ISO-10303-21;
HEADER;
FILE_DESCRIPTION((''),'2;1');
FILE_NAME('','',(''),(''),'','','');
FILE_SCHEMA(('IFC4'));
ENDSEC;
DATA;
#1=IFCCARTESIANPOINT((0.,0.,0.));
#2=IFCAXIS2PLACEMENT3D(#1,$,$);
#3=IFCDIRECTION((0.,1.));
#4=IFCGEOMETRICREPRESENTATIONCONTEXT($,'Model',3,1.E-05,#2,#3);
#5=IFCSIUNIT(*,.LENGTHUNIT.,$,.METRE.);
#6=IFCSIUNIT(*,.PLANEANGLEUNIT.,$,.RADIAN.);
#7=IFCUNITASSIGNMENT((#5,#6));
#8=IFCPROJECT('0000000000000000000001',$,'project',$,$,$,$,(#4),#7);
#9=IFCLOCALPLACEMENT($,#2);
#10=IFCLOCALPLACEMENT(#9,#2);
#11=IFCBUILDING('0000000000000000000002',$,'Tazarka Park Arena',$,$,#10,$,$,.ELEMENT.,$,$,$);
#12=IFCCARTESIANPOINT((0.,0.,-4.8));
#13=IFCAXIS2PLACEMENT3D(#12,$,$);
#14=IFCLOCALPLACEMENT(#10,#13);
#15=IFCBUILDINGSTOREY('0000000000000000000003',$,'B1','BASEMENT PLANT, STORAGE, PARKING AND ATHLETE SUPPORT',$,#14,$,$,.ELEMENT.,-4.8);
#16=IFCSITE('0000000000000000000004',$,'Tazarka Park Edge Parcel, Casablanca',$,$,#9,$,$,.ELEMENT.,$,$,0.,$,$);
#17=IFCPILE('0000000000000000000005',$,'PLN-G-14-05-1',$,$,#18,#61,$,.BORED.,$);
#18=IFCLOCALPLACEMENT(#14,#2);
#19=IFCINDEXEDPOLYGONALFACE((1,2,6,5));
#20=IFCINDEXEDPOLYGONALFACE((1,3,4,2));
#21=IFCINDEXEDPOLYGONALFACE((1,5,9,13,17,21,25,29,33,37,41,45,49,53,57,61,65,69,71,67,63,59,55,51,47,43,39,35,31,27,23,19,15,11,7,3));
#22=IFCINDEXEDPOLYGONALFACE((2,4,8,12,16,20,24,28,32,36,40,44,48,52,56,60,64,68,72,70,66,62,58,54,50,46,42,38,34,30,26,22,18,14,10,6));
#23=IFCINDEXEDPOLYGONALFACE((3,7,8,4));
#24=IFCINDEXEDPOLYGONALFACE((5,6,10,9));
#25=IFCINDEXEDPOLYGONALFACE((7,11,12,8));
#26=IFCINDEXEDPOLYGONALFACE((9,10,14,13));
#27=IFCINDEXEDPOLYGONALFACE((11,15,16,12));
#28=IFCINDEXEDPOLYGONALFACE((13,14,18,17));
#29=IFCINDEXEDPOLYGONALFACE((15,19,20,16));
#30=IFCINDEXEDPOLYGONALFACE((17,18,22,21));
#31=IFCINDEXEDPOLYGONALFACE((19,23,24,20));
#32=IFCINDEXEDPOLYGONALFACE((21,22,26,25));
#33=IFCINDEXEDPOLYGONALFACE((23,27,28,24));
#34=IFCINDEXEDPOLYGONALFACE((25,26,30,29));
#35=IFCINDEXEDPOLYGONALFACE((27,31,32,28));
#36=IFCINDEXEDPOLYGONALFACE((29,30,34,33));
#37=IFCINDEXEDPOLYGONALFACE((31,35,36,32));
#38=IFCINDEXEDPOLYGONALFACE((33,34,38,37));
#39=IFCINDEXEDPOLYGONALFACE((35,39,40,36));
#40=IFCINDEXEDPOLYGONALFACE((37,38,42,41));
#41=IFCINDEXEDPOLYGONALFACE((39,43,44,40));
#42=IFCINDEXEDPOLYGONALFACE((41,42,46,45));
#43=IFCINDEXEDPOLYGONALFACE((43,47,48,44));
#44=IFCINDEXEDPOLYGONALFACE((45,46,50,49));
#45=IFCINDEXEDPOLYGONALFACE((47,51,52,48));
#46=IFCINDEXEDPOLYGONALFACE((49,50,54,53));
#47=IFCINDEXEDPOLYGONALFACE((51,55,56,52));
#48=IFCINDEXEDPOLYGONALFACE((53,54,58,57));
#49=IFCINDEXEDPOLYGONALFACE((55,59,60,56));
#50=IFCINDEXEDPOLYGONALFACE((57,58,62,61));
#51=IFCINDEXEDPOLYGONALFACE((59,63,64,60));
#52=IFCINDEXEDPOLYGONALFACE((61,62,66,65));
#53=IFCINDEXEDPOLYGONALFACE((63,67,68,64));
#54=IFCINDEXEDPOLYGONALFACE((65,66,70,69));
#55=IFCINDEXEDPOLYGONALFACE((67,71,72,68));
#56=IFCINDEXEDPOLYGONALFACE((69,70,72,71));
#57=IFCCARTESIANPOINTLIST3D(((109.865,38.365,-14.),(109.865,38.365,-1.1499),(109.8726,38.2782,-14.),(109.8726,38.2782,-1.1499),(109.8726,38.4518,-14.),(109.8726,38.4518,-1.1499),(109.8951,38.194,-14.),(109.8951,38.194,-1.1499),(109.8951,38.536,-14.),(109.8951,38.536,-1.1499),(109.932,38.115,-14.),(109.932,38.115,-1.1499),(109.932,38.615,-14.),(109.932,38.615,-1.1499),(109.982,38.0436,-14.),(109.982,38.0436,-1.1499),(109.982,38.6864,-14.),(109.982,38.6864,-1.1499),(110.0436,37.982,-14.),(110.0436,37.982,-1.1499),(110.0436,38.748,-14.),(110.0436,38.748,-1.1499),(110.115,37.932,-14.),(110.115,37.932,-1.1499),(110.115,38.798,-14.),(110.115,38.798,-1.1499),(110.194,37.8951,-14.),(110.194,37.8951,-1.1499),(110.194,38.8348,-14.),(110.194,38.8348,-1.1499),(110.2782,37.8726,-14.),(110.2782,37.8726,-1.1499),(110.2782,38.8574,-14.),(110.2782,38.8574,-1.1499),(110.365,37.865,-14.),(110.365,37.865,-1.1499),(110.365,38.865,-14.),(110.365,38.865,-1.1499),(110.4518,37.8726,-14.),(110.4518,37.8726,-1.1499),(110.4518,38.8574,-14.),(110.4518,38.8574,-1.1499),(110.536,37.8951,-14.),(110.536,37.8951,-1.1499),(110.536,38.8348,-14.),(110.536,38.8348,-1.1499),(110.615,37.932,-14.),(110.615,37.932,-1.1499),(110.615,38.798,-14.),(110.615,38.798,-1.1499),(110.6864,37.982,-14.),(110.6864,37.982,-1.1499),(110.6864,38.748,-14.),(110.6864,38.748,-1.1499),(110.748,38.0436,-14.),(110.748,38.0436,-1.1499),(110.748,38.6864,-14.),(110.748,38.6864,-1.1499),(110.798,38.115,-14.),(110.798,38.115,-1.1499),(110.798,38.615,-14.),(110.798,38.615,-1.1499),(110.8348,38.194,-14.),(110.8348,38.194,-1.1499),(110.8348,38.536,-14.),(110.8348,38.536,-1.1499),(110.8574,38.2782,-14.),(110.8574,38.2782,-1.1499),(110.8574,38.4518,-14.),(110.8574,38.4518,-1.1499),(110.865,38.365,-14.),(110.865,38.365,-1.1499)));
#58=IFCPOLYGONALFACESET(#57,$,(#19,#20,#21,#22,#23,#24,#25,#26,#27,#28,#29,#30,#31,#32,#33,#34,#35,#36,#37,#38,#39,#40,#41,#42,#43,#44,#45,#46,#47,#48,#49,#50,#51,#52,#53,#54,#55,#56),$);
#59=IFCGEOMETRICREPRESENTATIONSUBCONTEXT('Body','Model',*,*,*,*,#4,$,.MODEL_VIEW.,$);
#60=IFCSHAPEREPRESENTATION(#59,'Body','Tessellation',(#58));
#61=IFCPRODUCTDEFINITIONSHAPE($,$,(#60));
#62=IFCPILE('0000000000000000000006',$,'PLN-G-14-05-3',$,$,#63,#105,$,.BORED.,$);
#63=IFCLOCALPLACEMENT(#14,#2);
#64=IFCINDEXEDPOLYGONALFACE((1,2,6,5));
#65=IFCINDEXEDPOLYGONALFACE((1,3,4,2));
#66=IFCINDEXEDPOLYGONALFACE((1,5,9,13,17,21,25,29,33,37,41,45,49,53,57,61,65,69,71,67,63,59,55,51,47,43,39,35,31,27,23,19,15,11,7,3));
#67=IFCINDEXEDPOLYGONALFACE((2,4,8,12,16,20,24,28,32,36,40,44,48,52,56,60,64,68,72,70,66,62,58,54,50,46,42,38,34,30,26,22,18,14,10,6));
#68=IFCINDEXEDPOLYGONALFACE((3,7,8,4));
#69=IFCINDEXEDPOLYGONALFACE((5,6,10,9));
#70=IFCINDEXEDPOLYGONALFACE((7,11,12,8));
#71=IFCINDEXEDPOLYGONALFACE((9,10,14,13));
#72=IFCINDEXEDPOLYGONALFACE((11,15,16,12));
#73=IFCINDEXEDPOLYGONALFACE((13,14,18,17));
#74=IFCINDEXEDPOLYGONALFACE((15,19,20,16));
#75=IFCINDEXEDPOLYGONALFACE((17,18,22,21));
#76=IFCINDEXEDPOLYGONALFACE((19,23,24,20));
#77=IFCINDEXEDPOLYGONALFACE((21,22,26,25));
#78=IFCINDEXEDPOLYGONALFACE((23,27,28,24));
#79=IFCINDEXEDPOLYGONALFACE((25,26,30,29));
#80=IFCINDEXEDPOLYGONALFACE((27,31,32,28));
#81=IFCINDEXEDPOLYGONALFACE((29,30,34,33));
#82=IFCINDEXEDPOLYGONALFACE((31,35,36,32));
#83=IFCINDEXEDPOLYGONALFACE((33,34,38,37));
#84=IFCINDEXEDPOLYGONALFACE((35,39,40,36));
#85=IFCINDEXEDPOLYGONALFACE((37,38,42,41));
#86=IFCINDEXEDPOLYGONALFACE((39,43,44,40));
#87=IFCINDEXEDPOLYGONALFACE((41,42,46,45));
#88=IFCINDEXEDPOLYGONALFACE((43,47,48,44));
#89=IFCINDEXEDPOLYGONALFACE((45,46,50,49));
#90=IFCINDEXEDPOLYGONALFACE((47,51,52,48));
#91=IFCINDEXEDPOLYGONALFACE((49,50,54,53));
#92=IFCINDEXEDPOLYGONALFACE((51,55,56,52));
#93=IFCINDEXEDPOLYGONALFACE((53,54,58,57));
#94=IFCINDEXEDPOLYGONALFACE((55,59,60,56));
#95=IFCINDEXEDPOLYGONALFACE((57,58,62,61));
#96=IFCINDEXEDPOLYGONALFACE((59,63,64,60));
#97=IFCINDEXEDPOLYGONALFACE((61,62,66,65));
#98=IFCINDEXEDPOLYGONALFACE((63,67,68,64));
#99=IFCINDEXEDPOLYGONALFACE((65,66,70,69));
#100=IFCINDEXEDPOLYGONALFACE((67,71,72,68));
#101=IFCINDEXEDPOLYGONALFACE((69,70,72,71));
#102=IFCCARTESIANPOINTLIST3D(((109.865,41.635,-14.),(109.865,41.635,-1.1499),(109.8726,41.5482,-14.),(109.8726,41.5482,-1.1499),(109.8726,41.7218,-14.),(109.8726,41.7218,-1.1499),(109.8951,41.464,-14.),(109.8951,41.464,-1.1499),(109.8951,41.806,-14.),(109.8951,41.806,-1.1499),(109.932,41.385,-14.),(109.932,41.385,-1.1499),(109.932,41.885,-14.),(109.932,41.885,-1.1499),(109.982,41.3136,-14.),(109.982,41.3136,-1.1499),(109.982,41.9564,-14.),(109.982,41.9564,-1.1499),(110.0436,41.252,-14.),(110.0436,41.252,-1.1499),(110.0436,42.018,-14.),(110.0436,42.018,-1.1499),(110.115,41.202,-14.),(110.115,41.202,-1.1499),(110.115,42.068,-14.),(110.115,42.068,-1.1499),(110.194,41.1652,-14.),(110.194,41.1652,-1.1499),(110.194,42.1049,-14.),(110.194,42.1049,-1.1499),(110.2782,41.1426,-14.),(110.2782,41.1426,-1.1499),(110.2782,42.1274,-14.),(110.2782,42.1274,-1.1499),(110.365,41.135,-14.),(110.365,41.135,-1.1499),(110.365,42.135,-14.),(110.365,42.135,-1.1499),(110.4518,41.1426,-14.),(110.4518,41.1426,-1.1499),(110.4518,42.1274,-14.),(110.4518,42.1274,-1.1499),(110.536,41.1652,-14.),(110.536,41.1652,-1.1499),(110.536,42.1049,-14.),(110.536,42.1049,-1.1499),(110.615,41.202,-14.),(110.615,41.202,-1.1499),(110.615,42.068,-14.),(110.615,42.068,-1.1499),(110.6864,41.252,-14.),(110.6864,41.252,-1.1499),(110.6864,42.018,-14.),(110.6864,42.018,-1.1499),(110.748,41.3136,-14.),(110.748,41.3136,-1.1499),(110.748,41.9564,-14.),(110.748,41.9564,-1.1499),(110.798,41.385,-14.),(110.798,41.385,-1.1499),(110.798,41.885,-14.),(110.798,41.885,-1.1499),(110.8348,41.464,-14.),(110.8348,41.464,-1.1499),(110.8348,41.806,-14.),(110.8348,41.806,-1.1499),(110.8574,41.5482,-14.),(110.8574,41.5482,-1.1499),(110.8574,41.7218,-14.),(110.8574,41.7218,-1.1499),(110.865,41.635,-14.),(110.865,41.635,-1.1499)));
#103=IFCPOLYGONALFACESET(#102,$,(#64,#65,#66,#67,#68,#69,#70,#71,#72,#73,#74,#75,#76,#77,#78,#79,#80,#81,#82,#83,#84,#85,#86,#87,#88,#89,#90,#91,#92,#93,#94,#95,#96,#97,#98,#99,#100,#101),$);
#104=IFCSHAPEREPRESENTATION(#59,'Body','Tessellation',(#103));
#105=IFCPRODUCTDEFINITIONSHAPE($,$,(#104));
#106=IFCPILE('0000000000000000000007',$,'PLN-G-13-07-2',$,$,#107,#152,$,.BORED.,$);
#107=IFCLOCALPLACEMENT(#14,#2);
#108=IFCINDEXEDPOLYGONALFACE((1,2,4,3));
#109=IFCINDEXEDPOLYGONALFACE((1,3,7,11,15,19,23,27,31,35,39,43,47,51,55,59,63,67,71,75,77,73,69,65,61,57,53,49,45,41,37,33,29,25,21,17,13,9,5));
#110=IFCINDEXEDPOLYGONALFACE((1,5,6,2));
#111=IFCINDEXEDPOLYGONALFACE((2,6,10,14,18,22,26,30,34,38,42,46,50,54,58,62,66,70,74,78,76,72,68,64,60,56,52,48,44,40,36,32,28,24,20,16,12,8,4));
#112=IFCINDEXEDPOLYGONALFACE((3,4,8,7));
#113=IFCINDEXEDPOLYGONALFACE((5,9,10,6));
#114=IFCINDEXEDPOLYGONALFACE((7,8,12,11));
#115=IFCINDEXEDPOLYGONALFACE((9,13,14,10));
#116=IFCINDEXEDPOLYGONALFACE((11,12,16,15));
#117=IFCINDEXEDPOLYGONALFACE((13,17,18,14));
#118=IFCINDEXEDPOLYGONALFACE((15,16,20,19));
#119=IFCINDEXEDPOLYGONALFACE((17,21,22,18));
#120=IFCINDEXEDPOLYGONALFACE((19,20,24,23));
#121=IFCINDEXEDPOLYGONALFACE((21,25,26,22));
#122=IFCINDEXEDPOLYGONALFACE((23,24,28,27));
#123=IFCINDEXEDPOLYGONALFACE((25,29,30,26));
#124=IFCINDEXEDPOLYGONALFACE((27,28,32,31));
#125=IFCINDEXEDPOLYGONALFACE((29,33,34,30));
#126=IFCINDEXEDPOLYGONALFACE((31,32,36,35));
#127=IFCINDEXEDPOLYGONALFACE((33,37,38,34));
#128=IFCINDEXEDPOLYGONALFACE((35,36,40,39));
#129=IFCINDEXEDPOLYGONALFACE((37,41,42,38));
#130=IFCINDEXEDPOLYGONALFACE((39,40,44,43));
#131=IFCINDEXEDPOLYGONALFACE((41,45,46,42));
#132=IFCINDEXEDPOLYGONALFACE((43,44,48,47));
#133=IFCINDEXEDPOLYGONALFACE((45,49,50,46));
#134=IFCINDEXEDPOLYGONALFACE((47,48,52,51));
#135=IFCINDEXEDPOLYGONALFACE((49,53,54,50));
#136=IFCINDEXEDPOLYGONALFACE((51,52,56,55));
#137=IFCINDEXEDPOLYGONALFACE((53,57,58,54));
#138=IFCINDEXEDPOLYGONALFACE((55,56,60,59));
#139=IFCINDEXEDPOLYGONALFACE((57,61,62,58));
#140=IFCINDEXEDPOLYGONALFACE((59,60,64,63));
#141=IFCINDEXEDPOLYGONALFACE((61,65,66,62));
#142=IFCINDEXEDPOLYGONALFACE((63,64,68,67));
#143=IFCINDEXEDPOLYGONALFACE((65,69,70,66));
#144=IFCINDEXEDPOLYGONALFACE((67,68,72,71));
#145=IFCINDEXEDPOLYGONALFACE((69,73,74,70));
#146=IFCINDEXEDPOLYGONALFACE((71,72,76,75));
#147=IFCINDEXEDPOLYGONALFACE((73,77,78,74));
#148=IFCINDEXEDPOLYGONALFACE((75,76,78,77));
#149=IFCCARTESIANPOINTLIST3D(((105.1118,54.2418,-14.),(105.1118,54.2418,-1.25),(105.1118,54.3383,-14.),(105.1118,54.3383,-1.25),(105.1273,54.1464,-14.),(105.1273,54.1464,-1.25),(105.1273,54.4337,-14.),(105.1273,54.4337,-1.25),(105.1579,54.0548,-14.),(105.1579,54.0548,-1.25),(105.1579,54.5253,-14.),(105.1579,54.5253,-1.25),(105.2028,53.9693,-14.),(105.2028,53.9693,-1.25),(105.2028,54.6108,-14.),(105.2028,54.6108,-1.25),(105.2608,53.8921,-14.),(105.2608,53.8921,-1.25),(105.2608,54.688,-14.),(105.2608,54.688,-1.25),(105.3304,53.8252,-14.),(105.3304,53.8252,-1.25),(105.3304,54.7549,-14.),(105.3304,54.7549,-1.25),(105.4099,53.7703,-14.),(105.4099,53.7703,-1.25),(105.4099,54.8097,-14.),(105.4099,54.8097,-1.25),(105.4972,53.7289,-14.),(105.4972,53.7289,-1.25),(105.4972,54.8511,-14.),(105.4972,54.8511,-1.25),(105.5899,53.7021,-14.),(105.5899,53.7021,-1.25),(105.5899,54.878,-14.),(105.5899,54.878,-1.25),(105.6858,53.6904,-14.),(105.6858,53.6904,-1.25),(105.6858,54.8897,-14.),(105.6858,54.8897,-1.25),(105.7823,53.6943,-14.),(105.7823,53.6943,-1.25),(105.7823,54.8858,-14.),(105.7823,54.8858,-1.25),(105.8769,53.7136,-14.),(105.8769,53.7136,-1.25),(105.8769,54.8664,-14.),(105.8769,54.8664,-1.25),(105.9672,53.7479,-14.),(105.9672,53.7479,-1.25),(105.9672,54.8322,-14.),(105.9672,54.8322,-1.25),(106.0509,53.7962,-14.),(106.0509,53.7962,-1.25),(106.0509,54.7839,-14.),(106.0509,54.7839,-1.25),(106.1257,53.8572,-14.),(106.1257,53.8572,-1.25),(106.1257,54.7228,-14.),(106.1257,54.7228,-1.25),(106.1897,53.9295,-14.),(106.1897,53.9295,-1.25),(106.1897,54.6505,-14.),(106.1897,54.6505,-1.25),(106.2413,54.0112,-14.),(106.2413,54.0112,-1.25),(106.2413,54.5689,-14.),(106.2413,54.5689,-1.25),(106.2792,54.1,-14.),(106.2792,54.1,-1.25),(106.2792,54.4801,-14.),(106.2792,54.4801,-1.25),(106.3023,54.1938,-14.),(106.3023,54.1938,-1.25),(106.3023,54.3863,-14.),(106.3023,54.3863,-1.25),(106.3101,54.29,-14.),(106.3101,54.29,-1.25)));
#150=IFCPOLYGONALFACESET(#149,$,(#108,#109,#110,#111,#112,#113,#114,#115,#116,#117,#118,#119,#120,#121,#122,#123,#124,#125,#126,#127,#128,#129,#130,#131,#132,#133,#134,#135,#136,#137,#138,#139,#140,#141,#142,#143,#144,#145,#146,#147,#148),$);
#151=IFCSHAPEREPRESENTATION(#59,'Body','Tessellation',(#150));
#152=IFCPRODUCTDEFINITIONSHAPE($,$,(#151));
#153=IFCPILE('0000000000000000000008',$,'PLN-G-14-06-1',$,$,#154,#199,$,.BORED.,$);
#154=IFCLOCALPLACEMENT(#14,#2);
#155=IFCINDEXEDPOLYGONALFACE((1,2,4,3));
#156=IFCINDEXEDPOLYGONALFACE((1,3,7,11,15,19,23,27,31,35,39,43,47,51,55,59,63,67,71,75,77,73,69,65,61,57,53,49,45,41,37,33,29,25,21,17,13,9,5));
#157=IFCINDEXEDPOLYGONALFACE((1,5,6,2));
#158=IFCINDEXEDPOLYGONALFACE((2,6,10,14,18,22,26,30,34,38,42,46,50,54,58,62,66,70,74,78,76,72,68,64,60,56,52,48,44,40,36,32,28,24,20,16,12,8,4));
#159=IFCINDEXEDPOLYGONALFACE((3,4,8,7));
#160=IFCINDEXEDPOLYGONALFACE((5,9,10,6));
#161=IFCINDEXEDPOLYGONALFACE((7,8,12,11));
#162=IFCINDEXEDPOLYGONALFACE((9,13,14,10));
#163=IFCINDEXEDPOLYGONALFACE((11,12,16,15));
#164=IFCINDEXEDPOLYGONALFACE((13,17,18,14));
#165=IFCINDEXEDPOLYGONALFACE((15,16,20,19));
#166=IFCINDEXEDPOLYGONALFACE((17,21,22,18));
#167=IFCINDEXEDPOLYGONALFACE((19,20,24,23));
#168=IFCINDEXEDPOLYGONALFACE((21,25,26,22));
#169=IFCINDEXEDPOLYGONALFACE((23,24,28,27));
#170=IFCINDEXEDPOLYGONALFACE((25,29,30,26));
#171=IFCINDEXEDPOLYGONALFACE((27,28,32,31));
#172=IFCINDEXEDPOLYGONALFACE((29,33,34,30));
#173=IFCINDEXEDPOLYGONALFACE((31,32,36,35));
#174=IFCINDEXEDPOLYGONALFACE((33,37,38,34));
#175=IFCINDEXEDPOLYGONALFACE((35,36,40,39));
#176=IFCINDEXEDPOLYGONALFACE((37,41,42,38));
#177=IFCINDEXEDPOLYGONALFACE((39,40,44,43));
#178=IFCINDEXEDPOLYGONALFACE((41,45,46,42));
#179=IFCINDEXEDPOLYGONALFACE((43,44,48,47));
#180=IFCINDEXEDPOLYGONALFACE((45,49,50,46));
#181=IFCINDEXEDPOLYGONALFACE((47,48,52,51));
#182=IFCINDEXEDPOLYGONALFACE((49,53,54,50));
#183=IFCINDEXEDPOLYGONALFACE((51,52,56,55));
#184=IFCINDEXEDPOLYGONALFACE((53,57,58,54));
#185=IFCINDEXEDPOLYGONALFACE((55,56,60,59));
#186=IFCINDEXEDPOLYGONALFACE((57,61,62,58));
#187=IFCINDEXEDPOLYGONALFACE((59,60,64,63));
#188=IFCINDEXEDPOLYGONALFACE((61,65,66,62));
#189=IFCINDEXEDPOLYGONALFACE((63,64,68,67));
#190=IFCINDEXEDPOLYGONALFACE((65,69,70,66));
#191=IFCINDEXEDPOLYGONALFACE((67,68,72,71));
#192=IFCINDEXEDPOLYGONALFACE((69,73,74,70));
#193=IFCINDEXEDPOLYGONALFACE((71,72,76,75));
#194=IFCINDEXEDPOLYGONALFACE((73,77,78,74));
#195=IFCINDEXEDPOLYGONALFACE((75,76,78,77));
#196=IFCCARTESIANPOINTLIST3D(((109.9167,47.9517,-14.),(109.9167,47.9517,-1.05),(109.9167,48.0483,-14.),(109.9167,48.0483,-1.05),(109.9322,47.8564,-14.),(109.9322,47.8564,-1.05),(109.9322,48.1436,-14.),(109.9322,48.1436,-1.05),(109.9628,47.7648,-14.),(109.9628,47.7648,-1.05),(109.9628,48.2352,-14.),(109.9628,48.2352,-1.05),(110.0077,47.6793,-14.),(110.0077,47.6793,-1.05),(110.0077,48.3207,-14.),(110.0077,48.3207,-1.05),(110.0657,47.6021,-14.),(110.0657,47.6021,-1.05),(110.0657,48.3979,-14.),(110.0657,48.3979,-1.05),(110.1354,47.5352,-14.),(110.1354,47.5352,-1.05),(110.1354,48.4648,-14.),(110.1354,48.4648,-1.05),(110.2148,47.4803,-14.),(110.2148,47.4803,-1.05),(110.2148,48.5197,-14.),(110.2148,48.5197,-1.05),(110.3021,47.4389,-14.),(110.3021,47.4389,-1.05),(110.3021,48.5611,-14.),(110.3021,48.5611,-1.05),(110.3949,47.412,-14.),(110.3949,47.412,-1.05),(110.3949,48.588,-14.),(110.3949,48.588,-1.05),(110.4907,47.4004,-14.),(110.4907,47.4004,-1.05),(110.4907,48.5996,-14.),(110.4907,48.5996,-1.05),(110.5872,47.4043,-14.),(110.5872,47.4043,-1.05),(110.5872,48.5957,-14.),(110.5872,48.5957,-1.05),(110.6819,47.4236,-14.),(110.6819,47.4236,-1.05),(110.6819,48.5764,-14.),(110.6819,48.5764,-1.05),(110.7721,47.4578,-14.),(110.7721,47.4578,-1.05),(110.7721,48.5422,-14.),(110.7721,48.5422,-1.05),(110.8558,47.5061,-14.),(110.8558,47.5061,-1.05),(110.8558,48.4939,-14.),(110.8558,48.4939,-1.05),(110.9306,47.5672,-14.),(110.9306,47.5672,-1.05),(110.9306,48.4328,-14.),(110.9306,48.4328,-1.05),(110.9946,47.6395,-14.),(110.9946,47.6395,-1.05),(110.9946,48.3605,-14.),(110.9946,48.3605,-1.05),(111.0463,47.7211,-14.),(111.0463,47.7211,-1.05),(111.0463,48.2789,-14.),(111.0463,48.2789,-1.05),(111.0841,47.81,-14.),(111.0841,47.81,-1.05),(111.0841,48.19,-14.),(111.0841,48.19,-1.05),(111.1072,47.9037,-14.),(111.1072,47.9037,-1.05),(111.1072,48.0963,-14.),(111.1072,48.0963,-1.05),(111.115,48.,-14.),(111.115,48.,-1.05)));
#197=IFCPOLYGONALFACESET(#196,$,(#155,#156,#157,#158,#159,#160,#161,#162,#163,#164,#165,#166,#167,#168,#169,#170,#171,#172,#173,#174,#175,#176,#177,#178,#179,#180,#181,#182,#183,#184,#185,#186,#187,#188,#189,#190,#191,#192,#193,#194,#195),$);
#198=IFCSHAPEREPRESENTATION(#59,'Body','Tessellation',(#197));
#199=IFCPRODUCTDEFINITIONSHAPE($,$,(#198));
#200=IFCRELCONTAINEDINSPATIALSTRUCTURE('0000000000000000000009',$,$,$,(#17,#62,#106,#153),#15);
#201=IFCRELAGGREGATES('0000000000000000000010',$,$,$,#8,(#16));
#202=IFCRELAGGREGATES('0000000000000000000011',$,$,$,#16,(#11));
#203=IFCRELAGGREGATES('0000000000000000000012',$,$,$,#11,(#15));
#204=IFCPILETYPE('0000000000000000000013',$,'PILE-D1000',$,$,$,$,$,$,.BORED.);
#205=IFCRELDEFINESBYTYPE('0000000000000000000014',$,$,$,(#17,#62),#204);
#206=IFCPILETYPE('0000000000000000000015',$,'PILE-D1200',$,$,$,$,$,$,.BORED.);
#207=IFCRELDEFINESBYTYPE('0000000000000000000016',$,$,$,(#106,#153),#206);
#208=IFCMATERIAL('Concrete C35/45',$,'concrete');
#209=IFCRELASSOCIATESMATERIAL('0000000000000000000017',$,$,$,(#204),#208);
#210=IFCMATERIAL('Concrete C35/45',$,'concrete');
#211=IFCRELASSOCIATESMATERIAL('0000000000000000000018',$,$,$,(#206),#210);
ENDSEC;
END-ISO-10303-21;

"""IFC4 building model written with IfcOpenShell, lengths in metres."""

from ifc_helpers import new_model, si_unit, direction, frame, origin, origin_2d, place, context, subcontext, project, spatial, circle, extrude, material, material_profile, profile_set, type_object, element, save


model = new_model("IFC4")

# Units and contexts
model_context = context("Model", 3, precision=1e-05, world=origin(), true_north=direction((0.0, 1.0)))
body_context = subcontext(model_context, "Body", "Model", "MODEL_VIEW")
ifc_project = project(units=[si_unit("LENGTHUNIT", "METRE"), si_unit("PLANEANGLEUNIT", "RADIAN")], contexts=[model_context])

# Site, building, storey
site_placement = place(None, origin())
site = spatial("IfcSite", under=ifc_project, at=site_placement, Name="Tazarka Park Edge Parcel, Casablanca", CompositionType="ELEMENT", RefElevation=0.0)
building_placement = place(site_placement, origin())
building = spatial("IfcBuilding", under=site, at=building_placement, Name="Tazarka Park Arena", CompositionType="ELEMENT")
storey_placement = place(building_placement, frame((0.0, 0.0, -4.8)))
storey = spatial("IfcBuildingStorey", under=building, at=storey_placement, Name="B1", Description="BASEMENT PLANT, STORAGE, PARKING AND ATHLETE SUPPORT", CompositionType="ELEMENT", Elevation=-4.8)

# Piles
ifc_material_1 = material(Name="Concrete C35/45", Category="concrete")
ifc_material_profile_1 = material_profile(ifc_material_1, circle(Radius=0.5, at=origin_2d()), Name="Concrete C35/45")
ifc_profile_set_1 = profile_set([ifc_material_profile_1], Name="Concrete C35/45")
pile_type_1 = type_object("IfcPileType", Name="PILE-D1000", PredefinedType="BORED", material=ifc_profile_set_1)
for number, where, z_axis, x_axis, name in (
    (1, (110.365, 38.365, -1.1499), (0.0, 0.0, -1.0), (1.0, 0.0, 0.0), "PLN-G-14-05-1"),
    (2, (110.365, 41.635, -1.1499), (0.0, 0.0, -1.0), (1.0, 0.0, 0.0), "PLN-G-14-05-3"),
):
    element("IfcPile", number, at=place(storey_placement, frame(where, z_axis=z_axis, x_axis=x_axis)), inside=storey, type_object=pile_type_1, Name=name, PredefinedType="BORED", context=body_context, shape_type="SweptSolid", body=[
        extrude(circle(Radius=0.5, at=origin_2d()), origin(), (0.0, 0.0, 1.0), 12.8501),
    ])
ifc_material_2 = material(Name="Concrete C35/45", Category="concrete")
ifc_material_profile_2 = material_profile(ifc_material_2, circle(Radius=0.6001, at=origin_2d()), Name="Concrete C35/45")
ifc_profile_set_2 = profile_set([ifc_material_profile_2], Name="Concrete C35/45")
pile_type_2 = type_object("IfcPileType", Name="PILE-D1200", PredefinedType="BORED", material=ifc_profile_set_2)
pile_1_placement = place(storey_placement, frame((105.71, 54.29, -1.25), z_axis=(0.0, 0.0, -1.0), x_axis=(1.0, 0.0, 0.0)))
element("IfcPile", 3, at=pile_1_placement, inside=storey, type_object=pile_type_2, Name="PLN-G-13-07-2", PredefinedType="BORED", context=body_context, shape_type="SweptSolid", body=[
    extrude(circle(Radius=0.6001, at=origin_2d()), origin(), (0.0, 0.0, 1.0), 12.75),
])
for number, where, z_axis, x_axis, name in (
    (4, (110.5149, 48.0, -1.05), (0.0, 0.0, -1.0), (1.0, 0.0, 0.0), "PLN-G-14-06-1"),
):
    element("IfcPile", number, at=place(storey_placement, frame(where, z_axis=z_axis, x_axis=x_axis)), inside=storey, type_object=pile_type_2, Name=name, PredefinedType="BORED", context=body_context, shape_type="SweptSolid", body=[
        extrude(circle(Radius=0.6001, at=origin_2d()), origin(), (0.0, 0.0, 1.0), 12.95),
    ])

save(model, "model.ifc")
